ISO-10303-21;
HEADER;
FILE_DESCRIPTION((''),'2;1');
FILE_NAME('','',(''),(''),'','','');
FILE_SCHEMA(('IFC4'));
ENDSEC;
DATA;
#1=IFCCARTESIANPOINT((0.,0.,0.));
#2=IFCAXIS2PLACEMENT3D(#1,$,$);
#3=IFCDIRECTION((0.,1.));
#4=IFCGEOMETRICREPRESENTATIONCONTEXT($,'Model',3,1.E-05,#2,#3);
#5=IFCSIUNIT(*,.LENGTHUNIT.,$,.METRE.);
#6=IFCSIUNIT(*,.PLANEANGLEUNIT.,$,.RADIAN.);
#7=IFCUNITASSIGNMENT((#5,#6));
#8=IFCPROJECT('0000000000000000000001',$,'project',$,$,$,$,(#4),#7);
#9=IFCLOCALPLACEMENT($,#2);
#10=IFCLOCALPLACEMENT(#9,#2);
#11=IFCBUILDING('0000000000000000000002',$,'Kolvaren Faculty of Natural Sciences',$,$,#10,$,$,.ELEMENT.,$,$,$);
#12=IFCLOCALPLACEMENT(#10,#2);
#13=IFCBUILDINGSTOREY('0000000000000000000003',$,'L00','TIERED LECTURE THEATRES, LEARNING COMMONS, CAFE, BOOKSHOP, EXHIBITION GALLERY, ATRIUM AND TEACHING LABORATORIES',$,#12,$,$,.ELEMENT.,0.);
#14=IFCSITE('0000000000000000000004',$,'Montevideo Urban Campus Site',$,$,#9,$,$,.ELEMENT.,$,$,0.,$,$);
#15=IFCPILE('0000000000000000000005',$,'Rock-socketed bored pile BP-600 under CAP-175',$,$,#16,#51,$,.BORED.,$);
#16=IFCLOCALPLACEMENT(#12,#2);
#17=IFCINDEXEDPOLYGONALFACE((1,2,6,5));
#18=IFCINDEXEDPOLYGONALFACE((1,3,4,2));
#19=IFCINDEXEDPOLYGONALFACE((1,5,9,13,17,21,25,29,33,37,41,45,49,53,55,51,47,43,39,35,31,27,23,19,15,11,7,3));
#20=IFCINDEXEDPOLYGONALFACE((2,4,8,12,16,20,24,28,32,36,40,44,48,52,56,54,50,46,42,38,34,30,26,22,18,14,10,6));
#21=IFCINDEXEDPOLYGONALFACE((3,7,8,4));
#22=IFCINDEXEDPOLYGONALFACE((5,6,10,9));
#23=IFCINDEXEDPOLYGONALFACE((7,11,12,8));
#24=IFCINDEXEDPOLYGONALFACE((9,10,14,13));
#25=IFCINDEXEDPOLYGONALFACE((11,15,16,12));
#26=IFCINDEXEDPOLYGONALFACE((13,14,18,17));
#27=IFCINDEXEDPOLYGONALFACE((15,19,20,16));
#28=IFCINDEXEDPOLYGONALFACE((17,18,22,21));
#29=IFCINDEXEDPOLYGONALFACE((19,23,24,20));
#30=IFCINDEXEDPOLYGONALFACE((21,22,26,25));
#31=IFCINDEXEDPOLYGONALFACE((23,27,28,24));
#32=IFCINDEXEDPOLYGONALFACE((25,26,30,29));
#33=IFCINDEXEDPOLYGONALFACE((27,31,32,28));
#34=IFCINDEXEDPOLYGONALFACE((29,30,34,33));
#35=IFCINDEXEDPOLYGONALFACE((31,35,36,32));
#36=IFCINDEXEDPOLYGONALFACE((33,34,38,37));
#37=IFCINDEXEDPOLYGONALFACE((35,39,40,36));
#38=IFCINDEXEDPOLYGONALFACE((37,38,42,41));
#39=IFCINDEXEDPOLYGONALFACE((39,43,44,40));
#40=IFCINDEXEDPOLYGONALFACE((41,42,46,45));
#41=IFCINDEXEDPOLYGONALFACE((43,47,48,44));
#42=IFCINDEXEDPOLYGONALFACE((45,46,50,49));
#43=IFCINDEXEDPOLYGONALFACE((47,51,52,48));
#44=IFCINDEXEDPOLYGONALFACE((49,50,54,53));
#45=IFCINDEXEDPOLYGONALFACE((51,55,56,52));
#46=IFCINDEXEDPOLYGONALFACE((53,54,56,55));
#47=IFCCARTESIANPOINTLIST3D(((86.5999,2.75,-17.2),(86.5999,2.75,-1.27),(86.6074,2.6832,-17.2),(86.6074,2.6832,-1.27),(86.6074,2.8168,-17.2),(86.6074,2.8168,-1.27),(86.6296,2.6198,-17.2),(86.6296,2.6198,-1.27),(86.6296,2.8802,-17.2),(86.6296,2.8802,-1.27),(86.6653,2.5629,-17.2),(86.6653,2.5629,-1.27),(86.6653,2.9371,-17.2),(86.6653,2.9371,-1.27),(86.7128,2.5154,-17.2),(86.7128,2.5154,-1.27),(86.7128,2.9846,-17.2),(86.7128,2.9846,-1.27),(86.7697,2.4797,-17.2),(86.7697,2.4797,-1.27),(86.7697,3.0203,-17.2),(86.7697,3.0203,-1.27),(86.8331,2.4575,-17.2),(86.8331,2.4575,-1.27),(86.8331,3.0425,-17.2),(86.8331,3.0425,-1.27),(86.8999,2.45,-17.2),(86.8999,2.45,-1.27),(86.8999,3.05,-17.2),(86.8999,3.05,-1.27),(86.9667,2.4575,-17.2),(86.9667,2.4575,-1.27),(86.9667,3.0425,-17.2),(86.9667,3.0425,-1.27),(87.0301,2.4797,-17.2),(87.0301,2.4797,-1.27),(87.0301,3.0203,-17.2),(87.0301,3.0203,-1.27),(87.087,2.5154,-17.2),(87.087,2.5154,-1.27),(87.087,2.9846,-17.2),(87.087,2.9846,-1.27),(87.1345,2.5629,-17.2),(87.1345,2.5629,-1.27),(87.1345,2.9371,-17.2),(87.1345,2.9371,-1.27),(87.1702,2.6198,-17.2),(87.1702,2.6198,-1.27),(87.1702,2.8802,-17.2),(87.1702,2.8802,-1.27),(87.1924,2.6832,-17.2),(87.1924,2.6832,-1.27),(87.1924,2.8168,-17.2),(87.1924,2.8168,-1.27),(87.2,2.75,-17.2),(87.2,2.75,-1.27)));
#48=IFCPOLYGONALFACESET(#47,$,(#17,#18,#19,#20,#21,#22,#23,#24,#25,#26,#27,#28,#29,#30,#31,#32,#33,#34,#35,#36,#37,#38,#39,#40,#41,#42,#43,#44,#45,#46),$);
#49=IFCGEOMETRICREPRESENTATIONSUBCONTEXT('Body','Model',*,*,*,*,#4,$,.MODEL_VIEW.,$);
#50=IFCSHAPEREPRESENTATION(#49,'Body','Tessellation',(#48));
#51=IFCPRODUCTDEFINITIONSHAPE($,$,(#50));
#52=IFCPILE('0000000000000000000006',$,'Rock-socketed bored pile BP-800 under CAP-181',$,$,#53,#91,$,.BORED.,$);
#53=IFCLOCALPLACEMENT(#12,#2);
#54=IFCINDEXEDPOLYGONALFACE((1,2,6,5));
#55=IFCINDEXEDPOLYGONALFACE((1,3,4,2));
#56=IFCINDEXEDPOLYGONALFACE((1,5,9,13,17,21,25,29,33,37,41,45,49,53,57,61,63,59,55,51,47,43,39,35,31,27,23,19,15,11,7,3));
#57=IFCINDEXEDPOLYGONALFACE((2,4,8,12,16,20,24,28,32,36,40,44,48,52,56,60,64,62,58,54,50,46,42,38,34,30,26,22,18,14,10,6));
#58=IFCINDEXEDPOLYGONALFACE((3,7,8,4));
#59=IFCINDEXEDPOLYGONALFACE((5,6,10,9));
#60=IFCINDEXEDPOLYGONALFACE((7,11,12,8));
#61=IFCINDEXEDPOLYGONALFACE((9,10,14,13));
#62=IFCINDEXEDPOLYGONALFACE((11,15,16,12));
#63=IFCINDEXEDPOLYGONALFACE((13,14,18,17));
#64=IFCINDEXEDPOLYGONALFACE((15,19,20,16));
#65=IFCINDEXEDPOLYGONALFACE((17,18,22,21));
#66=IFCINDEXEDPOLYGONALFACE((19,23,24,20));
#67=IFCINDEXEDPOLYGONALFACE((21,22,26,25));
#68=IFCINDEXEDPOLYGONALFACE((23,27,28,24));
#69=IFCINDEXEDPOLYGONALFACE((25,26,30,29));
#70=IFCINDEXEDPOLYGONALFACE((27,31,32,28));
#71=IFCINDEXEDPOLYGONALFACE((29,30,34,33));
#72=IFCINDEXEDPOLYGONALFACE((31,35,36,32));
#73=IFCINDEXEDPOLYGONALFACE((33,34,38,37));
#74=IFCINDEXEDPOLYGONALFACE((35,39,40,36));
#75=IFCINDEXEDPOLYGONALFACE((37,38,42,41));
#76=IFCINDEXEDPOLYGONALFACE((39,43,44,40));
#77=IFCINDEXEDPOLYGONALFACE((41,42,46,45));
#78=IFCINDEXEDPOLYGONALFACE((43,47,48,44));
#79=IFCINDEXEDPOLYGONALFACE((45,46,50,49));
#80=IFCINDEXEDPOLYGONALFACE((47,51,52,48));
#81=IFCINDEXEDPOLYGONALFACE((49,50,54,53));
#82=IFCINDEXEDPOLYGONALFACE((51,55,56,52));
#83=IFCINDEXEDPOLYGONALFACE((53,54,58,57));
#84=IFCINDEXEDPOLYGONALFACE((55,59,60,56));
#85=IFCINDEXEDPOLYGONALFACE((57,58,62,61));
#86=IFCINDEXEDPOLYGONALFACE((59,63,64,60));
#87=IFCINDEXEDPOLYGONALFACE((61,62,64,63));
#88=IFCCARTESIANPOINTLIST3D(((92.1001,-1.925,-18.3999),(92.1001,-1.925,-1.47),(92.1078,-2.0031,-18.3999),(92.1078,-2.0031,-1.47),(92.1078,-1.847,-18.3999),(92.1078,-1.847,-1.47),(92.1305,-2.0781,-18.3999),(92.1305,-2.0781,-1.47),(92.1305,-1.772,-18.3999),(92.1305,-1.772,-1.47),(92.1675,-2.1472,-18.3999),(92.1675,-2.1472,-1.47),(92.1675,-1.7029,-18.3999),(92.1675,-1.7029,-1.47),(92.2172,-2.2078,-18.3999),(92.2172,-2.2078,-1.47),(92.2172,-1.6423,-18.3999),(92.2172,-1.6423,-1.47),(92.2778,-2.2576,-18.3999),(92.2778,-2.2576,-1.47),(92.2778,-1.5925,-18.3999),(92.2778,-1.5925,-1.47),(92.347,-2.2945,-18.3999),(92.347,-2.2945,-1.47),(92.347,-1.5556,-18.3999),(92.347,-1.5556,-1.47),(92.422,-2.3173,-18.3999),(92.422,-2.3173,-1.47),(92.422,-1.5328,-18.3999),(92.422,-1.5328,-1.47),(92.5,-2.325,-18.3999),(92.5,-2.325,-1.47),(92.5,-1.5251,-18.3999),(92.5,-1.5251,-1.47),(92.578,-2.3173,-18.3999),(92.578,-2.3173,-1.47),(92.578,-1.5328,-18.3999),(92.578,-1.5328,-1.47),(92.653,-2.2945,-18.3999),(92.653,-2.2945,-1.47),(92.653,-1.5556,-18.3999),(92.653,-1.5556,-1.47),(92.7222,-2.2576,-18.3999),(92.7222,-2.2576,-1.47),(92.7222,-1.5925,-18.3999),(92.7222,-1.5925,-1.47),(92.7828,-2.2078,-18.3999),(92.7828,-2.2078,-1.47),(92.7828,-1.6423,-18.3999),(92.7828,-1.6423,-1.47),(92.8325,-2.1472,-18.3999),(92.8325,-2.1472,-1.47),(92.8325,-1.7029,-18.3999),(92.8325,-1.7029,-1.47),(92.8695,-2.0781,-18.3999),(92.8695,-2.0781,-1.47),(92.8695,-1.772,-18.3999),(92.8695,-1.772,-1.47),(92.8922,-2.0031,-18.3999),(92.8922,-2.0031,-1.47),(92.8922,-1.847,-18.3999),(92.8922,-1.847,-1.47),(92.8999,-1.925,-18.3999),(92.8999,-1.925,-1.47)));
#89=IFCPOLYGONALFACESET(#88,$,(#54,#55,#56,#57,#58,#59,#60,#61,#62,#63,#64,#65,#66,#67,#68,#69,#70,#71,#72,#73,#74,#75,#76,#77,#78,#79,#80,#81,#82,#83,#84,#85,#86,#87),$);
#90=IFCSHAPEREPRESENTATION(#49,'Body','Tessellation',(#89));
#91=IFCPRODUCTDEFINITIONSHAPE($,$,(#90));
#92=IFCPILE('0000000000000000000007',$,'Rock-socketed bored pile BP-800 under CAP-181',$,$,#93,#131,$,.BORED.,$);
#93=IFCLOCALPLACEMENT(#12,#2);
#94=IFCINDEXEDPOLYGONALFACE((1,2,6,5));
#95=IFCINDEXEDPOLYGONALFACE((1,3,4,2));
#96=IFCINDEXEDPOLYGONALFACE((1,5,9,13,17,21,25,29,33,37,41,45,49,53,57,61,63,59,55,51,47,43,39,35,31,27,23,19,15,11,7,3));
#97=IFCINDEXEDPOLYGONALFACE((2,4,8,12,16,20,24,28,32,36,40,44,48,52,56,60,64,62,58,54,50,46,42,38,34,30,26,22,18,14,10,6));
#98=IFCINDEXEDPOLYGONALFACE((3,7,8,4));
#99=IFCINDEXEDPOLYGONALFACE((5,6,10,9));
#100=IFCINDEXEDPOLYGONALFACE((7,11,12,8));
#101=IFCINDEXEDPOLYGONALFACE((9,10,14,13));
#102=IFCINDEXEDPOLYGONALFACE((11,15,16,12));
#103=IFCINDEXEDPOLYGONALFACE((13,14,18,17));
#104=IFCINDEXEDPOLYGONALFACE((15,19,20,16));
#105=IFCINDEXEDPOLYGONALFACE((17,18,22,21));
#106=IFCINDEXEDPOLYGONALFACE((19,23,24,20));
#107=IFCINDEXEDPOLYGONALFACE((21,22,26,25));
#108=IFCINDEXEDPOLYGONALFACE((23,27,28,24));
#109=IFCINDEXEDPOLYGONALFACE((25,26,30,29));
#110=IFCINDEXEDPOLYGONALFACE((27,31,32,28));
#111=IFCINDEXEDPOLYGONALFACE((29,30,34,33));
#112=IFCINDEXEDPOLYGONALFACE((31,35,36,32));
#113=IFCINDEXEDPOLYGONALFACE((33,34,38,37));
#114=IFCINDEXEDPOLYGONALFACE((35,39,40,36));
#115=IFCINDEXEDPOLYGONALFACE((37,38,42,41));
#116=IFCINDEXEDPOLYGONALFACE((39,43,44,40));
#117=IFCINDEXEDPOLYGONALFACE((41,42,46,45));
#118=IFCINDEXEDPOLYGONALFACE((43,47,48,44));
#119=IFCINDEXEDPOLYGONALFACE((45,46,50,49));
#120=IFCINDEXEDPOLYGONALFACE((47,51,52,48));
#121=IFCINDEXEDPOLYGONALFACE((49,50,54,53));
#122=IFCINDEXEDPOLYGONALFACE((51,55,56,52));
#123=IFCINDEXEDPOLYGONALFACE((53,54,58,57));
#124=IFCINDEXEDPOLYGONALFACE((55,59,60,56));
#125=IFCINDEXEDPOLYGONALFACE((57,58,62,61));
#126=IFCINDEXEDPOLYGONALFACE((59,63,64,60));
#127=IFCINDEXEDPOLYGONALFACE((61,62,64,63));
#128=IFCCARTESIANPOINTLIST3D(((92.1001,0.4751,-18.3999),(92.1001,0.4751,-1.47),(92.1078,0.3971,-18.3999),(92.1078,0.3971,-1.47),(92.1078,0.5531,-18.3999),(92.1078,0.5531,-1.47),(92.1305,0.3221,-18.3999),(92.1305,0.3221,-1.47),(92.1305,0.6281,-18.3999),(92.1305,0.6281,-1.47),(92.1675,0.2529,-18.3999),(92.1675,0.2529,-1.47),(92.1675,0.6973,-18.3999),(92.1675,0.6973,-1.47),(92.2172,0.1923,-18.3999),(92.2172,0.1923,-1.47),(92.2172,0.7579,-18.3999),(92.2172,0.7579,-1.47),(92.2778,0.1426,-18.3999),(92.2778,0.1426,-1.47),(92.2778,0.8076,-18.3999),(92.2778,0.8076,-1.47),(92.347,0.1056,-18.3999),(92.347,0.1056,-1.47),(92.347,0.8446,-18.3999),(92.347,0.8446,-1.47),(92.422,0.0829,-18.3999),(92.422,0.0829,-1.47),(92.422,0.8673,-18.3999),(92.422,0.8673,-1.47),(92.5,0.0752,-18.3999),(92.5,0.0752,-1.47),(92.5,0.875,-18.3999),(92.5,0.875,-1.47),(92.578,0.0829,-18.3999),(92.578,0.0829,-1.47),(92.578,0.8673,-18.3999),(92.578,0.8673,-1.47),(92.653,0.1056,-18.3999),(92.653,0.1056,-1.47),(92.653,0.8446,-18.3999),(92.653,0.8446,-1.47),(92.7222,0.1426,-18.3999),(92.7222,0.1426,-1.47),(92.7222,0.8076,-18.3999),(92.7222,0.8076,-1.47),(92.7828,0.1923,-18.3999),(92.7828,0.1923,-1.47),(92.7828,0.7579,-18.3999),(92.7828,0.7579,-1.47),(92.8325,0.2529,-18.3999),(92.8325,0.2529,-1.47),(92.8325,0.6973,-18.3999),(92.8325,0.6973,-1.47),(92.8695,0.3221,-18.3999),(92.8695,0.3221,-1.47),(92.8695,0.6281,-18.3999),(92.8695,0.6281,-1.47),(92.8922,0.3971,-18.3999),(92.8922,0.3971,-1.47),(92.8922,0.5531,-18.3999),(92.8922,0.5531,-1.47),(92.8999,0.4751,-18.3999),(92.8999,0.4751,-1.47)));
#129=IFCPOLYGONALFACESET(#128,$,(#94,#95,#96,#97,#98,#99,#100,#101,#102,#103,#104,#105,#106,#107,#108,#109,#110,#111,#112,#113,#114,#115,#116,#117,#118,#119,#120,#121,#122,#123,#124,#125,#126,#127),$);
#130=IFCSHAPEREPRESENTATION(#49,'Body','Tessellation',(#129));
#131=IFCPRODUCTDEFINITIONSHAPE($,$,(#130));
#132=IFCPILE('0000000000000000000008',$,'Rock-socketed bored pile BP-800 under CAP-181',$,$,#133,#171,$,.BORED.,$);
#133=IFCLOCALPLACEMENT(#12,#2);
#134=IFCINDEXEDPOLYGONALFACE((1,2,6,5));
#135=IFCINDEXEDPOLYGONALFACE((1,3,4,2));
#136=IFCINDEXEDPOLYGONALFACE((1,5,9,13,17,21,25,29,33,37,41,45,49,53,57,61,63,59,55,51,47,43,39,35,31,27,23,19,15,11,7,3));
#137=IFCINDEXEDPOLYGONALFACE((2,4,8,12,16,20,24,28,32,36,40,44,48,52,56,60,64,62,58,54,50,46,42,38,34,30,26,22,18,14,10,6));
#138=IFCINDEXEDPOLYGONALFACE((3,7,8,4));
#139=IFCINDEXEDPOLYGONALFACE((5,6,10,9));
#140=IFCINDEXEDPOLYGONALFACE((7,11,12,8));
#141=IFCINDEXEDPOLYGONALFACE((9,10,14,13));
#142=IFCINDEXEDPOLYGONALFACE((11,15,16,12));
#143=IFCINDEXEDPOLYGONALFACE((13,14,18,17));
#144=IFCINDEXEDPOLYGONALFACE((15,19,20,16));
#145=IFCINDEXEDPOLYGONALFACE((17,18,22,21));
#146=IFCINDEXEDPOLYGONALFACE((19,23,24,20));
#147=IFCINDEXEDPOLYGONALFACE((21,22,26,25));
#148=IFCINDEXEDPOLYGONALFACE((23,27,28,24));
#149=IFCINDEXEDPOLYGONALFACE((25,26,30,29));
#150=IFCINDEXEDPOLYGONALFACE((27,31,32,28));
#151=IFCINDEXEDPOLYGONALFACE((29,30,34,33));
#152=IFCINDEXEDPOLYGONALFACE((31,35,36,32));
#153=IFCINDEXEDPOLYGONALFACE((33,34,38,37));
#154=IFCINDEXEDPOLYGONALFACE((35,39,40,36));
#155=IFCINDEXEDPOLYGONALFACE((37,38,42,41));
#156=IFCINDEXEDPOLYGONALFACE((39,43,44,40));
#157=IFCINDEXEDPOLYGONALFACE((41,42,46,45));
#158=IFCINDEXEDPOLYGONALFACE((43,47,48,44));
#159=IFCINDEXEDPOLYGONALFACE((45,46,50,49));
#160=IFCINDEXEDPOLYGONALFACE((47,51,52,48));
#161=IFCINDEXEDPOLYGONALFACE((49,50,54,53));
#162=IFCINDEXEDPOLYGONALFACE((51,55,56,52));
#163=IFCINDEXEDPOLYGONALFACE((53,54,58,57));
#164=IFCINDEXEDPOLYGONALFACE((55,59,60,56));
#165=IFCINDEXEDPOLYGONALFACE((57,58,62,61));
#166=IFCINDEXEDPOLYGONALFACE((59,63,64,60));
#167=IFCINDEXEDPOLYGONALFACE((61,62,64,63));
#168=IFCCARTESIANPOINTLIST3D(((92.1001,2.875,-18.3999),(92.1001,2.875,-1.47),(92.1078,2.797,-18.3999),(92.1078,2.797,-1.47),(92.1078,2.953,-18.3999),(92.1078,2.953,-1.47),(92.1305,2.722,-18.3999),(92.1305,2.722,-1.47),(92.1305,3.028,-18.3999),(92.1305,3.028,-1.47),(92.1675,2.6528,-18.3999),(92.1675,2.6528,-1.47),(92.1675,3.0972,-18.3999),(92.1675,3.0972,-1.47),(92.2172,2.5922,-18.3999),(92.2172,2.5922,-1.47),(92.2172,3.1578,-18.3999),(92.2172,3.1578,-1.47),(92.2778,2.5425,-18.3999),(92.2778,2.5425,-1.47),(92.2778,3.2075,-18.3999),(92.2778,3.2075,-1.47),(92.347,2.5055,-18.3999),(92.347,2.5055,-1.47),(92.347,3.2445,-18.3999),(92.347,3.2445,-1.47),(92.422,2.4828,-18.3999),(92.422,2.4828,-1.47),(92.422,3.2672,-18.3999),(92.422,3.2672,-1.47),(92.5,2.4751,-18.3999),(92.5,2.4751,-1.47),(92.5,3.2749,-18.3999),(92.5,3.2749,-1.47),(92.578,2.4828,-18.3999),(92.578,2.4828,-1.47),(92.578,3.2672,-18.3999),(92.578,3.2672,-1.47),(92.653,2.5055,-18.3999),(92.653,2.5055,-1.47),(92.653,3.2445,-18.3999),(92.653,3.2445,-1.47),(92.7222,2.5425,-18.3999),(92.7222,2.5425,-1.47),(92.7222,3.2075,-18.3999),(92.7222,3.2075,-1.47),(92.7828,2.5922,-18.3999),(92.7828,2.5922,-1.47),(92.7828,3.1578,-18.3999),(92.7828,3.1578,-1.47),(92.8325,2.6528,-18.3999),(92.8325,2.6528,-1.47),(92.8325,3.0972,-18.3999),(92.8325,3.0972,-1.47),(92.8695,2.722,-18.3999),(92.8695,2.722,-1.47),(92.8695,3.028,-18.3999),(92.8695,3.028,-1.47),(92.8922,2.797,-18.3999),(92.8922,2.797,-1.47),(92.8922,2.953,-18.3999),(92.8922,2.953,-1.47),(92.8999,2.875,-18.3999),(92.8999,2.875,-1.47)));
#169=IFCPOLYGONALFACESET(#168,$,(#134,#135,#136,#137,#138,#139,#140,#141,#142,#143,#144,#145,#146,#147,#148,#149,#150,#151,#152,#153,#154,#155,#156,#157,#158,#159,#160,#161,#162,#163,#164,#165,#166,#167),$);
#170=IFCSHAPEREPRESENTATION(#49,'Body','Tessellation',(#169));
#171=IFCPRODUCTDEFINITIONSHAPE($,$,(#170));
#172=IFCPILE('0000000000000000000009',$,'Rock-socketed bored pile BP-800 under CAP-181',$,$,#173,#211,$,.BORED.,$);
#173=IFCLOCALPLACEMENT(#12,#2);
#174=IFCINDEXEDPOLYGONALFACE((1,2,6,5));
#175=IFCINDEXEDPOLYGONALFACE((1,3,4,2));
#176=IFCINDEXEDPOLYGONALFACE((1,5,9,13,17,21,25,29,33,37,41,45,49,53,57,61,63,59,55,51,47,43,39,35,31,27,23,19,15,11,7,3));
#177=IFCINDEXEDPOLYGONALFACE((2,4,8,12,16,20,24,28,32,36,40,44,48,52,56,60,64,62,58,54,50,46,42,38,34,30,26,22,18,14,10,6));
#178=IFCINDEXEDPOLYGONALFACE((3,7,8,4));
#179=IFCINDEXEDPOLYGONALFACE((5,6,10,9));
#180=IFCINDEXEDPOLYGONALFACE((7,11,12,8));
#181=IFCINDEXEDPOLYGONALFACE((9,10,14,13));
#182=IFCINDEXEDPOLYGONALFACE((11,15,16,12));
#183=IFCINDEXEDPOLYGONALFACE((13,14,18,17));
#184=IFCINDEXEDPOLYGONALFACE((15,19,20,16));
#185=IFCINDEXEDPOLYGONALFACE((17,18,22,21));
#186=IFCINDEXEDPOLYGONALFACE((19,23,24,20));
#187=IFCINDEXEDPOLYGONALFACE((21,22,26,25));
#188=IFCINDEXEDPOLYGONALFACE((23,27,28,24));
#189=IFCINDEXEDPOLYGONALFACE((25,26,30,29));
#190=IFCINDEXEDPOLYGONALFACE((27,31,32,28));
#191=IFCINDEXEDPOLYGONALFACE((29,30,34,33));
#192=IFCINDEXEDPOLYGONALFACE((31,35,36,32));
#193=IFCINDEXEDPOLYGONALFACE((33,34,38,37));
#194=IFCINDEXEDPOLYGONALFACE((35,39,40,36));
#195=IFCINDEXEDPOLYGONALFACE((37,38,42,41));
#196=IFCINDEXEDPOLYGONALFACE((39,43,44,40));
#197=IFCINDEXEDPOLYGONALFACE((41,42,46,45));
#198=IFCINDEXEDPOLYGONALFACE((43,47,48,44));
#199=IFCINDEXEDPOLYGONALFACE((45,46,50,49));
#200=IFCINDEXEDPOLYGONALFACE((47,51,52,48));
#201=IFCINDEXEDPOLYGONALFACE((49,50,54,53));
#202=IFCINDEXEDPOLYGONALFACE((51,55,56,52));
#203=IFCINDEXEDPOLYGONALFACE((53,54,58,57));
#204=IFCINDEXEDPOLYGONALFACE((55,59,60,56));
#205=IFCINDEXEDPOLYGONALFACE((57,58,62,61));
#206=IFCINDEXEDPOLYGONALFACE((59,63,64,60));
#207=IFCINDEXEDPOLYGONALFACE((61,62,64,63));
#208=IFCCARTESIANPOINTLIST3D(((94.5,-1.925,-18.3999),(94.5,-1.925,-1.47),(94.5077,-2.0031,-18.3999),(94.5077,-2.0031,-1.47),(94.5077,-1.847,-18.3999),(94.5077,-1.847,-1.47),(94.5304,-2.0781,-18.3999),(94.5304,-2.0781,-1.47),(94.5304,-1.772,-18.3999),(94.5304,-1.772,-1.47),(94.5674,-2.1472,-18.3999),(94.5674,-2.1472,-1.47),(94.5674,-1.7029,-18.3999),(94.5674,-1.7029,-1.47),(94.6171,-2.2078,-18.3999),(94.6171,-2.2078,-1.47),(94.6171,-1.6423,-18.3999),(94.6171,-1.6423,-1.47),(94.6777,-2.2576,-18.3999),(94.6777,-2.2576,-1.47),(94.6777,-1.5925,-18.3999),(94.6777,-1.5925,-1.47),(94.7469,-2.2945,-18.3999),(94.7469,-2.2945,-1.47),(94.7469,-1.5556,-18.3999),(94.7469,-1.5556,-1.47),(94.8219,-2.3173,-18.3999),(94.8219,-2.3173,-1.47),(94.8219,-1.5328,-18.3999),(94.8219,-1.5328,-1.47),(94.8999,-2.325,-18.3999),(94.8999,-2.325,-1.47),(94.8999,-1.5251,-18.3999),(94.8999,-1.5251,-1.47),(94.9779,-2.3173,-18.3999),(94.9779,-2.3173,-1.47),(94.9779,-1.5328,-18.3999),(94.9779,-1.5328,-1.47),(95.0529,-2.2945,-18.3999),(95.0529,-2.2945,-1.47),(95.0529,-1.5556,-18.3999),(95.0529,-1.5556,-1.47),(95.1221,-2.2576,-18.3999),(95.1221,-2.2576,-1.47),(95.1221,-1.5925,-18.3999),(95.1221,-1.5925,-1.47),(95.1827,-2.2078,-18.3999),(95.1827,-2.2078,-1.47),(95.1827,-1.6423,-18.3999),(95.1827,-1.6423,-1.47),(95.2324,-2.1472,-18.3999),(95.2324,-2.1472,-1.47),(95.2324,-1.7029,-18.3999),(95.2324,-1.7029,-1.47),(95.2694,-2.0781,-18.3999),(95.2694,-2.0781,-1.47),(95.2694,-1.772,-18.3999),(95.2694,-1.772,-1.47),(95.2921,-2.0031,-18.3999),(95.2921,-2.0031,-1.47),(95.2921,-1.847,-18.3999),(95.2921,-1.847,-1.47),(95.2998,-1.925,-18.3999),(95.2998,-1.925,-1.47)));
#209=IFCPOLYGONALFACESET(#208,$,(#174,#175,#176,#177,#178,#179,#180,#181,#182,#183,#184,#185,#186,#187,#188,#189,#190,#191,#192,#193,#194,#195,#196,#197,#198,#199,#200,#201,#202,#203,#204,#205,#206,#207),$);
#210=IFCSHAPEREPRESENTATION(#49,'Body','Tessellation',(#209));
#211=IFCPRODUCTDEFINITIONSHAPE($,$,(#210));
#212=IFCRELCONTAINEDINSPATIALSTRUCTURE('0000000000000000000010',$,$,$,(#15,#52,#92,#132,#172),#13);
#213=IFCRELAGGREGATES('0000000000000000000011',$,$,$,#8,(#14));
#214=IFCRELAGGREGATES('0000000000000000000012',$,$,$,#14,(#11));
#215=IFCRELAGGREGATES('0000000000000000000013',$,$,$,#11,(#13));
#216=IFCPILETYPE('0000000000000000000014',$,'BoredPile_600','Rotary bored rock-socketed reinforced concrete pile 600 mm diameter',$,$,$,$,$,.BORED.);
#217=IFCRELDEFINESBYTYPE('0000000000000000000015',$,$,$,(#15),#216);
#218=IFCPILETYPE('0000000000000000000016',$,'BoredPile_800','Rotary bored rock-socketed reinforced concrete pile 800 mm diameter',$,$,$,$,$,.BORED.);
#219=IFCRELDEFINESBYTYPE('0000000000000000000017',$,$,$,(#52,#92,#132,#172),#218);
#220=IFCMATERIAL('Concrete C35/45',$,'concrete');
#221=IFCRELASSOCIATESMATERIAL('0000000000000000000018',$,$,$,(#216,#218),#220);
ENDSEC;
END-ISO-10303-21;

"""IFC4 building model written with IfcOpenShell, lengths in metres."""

from ifc_helpers import new_model, si_unit, direction, frame, origin, origin_2d, place, context, subcontext, project, spatial, circle, extrude, material, material_profile, profile_set, type_object, element, save


model = new_model("IFC4")

# Units and contexts
model_context = context("Model", 3, precision=1e-05, world=origin(), true_north=direction((0.0, 1.0)))
body_context = subcontext(model_context, "Body", "Model", "MODEL_VIEW")
ifc_project = project(units=[si_unit("LENGTHUNIT", "METRE"), si_unit("PLANEANGLEUNIT", "RADIAN")], contexts=[model_context])

# Site, building, storey
site_placement = place(None, origin())
site = spatial("IfcSite", under=ifc_project, at=site_placement, Name="Montevideo Urban Campus Site", CompositionType="ELEMENT", RefElevation=0.0)
building_placement = place(site_placement, origin())
building = spatial("IfcBuilding", under=site, at=building_placement, Name="Kolvaren Faculty of Natural Sciences", CompositionType="ELEMENT")
storey_placement = place(building_placement, origin())
storey = spatial("IfcBuildingStorey", under=building, at=storey_placement, Name="L00", Description="TIERED LECTURE THEATRES, LEARNING COMMONS, CAFE, BOOKSHOP, EXHIBITION GALLERY, ATRIUM AND TEACHING LABORATORIES", CompositionType="ELEMENT", Elevation=0.0)

# Piles
ifc_material_1 = material(Name="Concrete C35/45", Category="concrete")
ifc_material_profile_1 = material_profile(ifc_material_1, circle(Radius=0.3, at=origin_2d()), Name="PILE D600")
ifc_profile_set_1 = profile_set([ifc_material_profile_1], Name="Concrete C35/45")
pile_type_1 = type_object("IfcPileType", Name="BoredPile_600", Description="Rotary bored rock-socketed reinforced concrete pile 600 mm diameter", PredefinedType="BORED", material=ifc_profile_set_1)
pile_placement = place(storey_placement, frame((86.8999, 2.75, -1.27), z_axis=(0.0, 0.0, -1.0), x_axis=(1.0, 0.0, 0.0)))
element("IfcPile", 1, at=pile_placement, inside=storey, type_object=pile_type_1, Name="Rock-socketed bored pile BP-600 under CAP-175", PredefinedType="BORED", context=body_context, shape_type="SweptSolid", body=[
    extrude(circle(Radius=0.3, at=origin_2d()), origin(), (0.0, 0.0, 1.0), 15.9299),
])
ifc_material_profile_2 = material_profile(ifc_material_1, circle(Radius=0.3999, at=origin_2d()), Name="PILE D800")
ifc_profile_set_2 = profile_set([ifc_material_profile_2], Name="Concrete C35/45")
pile_type_2 = type_object("IfcPileType", Name="BoredPile_800", Description="Rotary bored rock-socketed reinforced concrete pile 800 mm diameter", PredefinedType="BORED", material=ifc_profile_set_2)
for number, where, z_axis, x_axis, name in (
    (2, (92.5, -1.925, -1.47), (0.0, 0.0, -1.0), (1.0, 0.0, 0.0), "Rock-socketed bored pile BP-800 under CAP-181"),
    (3, (92.5, 0.4751, -1.47), (0.0, 0.0, -1.0), (1.0, 0.0, 0.0), "Rock-socketed bored pile BP-800 under CAP-181"),
    (4, (92.5, 2.875, -1.47), (0.0, 0.0, -1.0), (1.0, 0.0, 0.0), "Rock-socketed bored pile BP-800 under CAP-181"),
    (5, (94.8999, -1.925, -1.47), (0.0, 0.0, -1.0), (1.0, 0.0, 0.0), "Rock-socketed bored pile BP-800 under CAP-181"),
):
    element("IfcPile", number, at=place(storey_placement, frame(where, z_axis=z_axis, x_axis=x_axis)), inside=storey, type_object=pile_type_2, Name=name, PredefinedType="BORED", context=body_context, shape_type="SweptSolid", body=[
        extrude(circle(Radius=0.3999, at=origin_2d()), origin(), (0.0, 0.0, 1.0), 16.9299),
    ])

save(model, "model.ifc")
